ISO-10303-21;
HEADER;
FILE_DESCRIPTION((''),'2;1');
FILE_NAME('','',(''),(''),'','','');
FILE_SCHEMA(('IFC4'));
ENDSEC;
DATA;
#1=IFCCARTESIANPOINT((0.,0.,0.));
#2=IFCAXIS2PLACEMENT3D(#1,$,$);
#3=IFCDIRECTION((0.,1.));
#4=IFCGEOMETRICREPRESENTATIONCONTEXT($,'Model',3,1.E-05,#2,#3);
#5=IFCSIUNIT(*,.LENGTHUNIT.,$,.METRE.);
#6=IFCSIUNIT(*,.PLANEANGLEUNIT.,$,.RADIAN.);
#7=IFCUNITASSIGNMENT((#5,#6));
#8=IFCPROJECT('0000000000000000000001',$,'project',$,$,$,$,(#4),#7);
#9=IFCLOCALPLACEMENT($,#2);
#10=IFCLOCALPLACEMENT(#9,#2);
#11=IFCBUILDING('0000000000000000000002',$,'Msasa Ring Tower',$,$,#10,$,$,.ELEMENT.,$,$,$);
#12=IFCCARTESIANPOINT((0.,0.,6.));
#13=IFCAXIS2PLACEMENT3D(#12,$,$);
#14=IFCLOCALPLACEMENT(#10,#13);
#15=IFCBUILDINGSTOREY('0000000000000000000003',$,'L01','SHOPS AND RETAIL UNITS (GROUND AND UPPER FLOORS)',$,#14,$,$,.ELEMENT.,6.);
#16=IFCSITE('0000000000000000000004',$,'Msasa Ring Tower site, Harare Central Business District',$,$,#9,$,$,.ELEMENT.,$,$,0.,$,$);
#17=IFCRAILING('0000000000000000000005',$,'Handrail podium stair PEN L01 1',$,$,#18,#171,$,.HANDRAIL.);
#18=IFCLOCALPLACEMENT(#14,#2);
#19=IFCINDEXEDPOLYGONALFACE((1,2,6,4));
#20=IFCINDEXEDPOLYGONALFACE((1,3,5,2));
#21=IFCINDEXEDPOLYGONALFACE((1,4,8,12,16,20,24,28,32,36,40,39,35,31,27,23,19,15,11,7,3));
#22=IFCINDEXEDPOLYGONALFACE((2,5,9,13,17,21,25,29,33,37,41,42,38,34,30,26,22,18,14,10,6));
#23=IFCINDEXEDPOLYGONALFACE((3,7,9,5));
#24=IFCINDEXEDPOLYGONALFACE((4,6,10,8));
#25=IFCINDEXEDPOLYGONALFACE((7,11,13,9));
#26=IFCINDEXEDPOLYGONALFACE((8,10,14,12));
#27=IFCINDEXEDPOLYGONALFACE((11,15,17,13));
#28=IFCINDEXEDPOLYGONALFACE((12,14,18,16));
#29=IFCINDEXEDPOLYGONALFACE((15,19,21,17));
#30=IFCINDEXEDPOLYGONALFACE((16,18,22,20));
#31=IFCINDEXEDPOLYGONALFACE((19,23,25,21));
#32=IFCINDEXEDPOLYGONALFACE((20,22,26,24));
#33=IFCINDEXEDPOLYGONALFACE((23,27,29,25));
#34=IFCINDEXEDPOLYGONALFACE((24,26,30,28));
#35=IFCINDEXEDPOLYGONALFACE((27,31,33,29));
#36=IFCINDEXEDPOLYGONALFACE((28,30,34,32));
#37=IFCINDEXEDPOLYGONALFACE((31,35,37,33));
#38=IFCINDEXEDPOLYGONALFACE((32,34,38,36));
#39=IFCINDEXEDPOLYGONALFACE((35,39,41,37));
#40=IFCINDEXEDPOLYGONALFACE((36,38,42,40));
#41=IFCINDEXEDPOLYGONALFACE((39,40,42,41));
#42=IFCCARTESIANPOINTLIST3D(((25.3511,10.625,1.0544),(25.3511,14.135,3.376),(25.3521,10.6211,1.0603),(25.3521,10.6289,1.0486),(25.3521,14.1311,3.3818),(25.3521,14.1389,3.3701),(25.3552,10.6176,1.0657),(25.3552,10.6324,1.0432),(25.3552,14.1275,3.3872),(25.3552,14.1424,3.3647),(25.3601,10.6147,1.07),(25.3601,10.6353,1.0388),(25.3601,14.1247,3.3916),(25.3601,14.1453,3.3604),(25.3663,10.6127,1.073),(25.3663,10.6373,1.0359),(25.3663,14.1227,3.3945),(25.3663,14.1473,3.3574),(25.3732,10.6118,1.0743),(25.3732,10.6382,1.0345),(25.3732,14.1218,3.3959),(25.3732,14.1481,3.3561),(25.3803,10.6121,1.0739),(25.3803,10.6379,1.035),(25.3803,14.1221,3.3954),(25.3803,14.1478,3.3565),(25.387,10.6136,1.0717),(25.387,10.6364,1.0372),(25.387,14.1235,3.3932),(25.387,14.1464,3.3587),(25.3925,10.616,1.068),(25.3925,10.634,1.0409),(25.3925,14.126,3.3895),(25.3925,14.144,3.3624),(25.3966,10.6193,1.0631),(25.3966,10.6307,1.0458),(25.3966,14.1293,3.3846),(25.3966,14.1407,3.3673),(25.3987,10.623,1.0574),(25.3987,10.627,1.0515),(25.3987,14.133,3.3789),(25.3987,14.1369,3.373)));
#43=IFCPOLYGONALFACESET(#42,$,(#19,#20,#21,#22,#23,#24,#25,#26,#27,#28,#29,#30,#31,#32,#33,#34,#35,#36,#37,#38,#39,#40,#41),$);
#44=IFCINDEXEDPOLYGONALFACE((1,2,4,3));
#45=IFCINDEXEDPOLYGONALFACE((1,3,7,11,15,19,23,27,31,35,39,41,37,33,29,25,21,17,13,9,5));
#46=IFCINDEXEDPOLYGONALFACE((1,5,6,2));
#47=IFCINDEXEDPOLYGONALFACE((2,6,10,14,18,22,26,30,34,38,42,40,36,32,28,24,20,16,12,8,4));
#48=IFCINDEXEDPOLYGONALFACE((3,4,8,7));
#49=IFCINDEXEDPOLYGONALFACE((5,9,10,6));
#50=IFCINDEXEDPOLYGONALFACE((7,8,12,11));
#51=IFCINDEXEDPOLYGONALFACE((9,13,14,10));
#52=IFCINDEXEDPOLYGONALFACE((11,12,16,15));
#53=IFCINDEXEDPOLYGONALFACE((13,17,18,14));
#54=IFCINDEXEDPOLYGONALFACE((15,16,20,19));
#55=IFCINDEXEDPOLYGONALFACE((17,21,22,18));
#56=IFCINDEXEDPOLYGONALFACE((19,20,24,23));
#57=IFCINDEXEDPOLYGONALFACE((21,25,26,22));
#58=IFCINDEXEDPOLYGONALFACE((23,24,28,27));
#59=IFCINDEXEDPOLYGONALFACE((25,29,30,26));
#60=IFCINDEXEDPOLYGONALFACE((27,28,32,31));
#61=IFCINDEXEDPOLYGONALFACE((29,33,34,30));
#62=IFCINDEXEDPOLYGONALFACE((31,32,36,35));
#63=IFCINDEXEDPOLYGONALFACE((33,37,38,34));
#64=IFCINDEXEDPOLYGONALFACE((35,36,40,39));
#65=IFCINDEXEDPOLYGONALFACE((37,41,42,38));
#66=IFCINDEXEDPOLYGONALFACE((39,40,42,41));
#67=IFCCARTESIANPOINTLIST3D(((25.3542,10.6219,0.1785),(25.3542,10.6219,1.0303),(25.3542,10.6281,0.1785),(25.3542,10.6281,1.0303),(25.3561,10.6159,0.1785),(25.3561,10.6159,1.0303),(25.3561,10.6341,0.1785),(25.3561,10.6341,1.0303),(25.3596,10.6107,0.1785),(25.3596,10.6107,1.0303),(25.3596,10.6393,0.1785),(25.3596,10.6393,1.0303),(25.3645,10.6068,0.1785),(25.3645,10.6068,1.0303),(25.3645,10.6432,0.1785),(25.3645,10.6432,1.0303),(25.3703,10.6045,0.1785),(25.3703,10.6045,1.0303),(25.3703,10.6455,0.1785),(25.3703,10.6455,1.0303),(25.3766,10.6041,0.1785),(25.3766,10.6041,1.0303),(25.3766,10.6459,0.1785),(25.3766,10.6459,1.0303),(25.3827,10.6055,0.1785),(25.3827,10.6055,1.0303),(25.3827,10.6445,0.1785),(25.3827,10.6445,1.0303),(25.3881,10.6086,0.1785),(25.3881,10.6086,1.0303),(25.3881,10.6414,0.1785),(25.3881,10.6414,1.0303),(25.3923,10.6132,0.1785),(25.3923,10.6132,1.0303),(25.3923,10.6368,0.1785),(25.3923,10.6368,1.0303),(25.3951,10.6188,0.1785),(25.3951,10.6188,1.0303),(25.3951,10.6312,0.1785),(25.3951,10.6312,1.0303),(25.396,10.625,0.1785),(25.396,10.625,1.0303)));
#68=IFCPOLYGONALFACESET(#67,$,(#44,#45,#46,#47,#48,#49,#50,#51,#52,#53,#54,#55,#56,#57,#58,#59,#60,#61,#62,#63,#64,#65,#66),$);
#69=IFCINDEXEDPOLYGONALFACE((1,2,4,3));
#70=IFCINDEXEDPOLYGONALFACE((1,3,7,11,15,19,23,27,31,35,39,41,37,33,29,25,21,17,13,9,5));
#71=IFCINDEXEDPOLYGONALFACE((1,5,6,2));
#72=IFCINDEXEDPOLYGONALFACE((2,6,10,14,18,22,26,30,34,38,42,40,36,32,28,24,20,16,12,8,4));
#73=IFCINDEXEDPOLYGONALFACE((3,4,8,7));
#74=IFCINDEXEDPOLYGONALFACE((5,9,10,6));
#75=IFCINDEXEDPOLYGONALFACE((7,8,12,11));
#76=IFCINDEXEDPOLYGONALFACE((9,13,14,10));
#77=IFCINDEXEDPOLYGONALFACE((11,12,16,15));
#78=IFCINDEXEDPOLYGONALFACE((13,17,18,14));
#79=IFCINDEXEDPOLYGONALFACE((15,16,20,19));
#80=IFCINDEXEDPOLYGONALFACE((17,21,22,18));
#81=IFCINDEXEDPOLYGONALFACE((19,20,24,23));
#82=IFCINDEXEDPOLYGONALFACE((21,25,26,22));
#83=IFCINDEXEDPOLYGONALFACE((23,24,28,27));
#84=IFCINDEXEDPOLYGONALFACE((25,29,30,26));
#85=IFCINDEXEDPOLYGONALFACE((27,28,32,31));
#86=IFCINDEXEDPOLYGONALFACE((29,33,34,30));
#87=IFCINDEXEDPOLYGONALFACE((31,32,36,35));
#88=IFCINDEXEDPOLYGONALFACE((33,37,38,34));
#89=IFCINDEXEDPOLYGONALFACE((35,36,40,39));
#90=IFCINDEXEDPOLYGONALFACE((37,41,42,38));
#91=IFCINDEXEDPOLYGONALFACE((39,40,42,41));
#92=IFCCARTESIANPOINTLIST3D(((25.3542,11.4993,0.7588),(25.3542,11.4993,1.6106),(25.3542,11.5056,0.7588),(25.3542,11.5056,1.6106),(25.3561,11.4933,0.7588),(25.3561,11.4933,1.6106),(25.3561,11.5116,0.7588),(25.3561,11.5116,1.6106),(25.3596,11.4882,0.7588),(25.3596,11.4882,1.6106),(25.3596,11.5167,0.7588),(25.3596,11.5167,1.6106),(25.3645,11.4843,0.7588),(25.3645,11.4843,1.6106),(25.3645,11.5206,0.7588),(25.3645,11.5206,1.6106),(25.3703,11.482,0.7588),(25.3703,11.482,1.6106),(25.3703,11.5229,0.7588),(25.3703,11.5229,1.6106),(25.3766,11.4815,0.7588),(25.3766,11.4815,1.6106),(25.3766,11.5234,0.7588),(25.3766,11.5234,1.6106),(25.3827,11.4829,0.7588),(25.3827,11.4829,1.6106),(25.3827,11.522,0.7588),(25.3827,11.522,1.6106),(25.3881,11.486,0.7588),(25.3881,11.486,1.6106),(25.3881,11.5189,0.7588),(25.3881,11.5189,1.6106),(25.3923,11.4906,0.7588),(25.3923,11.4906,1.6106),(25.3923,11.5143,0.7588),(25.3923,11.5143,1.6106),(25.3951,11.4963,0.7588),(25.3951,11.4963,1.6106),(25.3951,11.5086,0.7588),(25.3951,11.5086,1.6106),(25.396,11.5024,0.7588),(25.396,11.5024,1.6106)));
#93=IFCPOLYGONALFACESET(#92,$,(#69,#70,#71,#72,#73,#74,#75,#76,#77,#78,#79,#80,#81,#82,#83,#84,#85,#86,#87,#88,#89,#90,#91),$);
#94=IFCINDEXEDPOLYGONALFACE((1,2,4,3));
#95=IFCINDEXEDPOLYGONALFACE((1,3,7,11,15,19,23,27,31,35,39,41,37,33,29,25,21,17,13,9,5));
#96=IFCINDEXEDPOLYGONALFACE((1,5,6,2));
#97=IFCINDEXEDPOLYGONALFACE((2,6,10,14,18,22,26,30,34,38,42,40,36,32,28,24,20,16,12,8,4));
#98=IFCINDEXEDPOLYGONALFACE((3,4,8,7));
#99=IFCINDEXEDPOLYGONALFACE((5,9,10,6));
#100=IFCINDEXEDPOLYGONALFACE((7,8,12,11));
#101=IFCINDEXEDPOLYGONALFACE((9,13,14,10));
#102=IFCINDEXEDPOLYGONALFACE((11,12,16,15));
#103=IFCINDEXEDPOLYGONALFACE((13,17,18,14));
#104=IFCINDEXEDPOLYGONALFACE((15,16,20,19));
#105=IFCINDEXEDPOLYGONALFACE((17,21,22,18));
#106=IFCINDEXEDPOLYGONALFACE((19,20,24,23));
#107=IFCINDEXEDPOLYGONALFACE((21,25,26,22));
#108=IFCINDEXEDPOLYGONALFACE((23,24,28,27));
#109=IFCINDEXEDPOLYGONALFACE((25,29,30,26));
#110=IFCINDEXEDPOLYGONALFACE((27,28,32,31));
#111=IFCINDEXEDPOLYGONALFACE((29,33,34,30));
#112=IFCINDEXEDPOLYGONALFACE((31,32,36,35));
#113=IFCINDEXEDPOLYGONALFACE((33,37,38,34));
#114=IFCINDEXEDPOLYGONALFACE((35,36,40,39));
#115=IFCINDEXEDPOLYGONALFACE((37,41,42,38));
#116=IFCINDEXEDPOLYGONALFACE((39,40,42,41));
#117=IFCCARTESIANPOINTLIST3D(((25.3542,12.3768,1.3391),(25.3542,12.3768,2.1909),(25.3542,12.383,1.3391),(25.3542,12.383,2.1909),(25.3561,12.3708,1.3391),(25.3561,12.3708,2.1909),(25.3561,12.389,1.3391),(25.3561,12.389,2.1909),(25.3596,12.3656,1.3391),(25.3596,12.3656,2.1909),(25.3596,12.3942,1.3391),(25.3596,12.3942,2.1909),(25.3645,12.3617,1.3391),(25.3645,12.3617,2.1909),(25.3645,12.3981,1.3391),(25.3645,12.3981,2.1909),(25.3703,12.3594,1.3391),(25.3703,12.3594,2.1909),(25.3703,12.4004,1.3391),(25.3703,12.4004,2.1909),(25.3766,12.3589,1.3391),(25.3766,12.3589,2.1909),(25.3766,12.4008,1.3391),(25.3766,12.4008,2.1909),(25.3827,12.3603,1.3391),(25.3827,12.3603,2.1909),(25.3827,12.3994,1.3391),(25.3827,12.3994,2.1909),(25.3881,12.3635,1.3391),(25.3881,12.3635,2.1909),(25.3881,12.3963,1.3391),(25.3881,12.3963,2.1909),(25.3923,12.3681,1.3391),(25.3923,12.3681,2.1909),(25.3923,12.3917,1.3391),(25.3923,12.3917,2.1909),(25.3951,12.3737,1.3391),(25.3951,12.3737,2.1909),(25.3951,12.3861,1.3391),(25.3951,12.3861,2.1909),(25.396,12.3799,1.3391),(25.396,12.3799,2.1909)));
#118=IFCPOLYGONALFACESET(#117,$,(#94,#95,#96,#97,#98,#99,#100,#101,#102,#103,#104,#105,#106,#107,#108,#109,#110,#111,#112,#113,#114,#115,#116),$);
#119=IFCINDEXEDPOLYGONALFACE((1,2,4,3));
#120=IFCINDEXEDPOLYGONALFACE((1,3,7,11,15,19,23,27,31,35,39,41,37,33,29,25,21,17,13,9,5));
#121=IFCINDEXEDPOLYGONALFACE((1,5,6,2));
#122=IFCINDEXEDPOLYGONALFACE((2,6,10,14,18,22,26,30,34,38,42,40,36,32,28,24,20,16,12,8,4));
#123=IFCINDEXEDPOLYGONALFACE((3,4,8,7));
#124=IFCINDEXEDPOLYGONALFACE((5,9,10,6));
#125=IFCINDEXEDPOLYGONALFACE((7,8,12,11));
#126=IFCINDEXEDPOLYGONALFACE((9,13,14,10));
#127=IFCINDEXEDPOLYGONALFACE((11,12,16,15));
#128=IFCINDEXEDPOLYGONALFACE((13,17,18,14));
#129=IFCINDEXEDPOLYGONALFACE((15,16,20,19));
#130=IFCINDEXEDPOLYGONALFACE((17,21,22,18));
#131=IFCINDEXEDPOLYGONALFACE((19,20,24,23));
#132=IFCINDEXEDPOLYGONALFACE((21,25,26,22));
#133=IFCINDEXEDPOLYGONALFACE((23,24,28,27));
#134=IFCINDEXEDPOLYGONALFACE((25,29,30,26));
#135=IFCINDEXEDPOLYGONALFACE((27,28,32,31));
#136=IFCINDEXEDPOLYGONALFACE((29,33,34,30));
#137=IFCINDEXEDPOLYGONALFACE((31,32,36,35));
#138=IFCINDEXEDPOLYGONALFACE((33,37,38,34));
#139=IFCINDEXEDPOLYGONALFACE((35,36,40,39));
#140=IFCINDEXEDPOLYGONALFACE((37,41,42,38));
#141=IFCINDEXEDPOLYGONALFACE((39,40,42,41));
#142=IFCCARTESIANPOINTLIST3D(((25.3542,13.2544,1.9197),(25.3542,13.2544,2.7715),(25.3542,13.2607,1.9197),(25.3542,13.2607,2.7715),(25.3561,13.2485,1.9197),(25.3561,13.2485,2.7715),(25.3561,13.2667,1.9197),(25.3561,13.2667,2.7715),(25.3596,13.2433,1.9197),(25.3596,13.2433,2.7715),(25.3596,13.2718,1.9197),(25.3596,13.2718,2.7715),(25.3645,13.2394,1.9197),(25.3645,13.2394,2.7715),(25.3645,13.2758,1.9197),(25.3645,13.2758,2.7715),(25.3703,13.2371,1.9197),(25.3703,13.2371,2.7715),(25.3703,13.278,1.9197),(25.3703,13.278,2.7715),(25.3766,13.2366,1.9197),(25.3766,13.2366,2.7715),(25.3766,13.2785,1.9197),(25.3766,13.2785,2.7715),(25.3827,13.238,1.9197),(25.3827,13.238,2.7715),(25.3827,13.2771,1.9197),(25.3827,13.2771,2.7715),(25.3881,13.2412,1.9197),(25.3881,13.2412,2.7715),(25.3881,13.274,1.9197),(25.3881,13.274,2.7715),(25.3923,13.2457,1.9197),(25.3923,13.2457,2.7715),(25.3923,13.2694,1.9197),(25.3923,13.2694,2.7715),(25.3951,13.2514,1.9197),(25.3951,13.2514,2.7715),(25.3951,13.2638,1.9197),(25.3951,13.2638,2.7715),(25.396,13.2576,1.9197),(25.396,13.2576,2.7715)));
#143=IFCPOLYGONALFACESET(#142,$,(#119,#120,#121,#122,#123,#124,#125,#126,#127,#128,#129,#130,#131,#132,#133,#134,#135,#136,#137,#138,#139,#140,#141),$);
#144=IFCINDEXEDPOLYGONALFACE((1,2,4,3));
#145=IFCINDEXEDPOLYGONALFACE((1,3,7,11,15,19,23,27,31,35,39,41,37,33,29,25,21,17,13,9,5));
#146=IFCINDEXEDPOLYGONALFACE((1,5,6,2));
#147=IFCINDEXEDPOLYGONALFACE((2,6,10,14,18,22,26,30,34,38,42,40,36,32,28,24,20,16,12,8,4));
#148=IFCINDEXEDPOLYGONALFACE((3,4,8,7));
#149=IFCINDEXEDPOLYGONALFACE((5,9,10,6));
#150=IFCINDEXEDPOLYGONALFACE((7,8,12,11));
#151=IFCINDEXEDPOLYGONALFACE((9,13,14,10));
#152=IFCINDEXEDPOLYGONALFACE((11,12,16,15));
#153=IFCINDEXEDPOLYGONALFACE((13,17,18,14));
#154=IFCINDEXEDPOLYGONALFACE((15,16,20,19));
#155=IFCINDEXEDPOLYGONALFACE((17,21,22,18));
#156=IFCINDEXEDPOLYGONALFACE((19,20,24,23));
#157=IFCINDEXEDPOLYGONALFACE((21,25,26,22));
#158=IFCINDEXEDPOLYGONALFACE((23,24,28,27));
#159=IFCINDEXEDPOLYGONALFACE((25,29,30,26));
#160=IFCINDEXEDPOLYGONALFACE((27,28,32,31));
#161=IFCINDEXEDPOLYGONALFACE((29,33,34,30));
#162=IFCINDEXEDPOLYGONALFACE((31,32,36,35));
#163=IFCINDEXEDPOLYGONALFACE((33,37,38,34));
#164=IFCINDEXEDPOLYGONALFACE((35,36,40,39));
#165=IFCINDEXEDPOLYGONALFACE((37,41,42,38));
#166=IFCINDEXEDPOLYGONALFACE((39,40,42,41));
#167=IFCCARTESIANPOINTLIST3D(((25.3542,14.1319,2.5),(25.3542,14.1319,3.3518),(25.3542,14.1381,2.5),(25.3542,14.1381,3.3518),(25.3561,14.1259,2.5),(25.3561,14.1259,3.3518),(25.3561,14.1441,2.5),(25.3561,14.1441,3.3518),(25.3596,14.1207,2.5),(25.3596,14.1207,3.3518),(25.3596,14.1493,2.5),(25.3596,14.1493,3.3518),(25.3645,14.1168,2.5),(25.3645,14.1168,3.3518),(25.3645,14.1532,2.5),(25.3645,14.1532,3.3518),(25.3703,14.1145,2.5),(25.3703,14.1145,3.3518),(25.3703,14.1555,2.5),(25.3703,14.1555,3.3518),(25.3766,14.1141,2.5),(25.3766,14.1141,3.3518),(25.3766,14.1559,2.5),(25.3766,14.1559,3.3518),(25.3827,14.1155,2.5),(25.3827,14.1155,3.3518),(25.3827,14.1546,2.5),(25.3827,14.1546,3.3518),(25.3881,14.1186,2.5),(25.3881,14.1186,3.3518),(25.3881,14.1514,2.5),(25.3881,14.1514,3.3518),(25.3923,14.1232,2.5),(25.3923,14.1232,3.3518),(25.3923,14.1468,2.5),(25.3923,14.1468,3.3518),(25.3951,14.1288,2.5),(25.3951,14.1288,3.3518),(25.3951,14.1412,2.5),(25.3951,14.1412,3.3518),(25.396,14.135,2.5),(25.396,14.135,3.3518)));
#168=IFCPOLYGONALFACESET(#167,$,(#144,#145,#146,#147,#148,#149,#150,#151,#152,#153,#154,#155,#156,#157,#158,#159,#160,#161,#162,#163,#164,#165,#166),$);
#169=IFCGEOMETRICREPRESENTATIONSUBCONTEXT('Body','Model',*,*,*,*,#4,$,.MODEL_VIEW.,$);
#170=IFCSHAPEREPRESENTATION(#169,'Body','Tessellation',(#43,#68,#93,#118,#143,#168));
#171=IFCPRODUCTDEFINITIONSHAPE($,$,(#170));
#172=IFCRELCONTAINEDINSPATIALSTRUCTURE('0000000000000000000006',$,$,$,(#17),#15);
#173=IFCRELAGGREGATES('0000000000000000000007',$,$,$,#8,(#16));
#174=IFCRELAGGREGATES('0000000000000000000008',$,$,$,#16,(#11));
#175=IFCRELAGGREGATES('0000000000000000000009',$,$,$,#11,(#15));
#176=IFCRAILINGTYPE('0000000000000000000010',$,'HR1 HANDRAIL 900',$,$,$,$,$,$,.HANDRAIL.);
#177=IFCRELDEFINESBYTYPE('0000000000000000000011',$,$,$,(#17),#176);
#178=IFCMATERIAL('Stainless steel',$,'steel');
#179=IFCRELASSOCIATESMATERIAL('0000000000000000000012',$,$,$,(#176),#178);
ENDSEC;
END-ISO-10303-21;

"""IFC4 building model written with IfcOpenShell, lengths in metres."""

from ifc_helpers import new_model, si_unit, direction, frame, origin, origin_2d, place, context, subcontext, project, spatial, circle, extrude, material, type_object, element, save


model = new_model("IFC4")

# Units and contexts
model_context = context("Model", 3, precision=1e-05, world=origin(), true_north=direction((0.0, 1.0)))
body_context = subcontext(model_context, "Body", "Model", "MODEL_VIEW")
ifc_project = project(units=[si_unit("LENGTHUNIT", "METRE"), si_unit("PLANEANGLEUNIT", "RADIAN")], contexts=[model_context])

# Site, building, storey
site_placement = place(None, origin())
site = spatial("IfcSite", under=ifc_project, at=site_placement, Name="Msasa Ring Tower site, Harare Central Business District", CompositionType="ELEMENT", RefElevation=0.0)
building_placement = place(site_placement, origin())
building = spatial("IfcBuilding", under=site, at=building_placement, Name="Msasa Ring Tower", CompositionType="ELEMENT")
storey_placement = place(building_placement, frame((0.0, 0.0, 6.0)))
storey = spatial("IfcBuildingStorey", under=building, at=storey_placement, Name="L01", Description="SHOPS AND RETAIL UNITS (GROUND AND UPPER FLOORS)", CompositionType="ELEMENT", Elevation=6.0)

# Railing
ifc_material_1 = material(Name="Stainless steel", Category="steel")
railing_type = type_object("IfcRailingType", Name="HR1 HANDRAIL 900", PredefinedType="HANDRAIL", material=ifc_material_1)
for number, where, name in (
    (1, (25.375, 10.625, 0.1785), "Handrail podium stair PEN L01 1"),
):
    element("IfcRailing", number, at=place(storey_placement, frame(where)), inside=storey, type_object=railing_type, Name=name, PredefinedType="HANDRAIL", context=body_context, shape_type="SweptSolid", body=[
        extrude(circle(Radius=0.0239, at=origin_2d()), frame((0.0, 0.0, 0.876), z_axis=(0.0, 0.834071, 0.551657), x_axis=(-1.0, 0.0, 0.0)), (0.0, 0.0, 1.0), 4.2083),
        extrude(circle(Radius=0.021, at=origin_2d()), origin(), (0.0, 0.0, 1.0), 0.8518),
        extrude(circle(Radius=0.021, at=origin_2d()), frame((0.0, 0.8774, 0.5803)), (0.0, 0.0, 1.0), 0.8518),
        extrude(circle(Radius=0.021, at=origin_2d()), frame((0.0, 1.7549, 1.1606)), (0.0, 0.0, 1.0), 0.8518),
        extrude(circle(Radius=0.021, at=origin_2d()), frame((0.0, 2.6326, 1.7412)), (0.0, 0.0, 1.0), 0.8518),
        extrude(circle(Radius=0.021, at=origin_2d()), frame((0.0, 3.51, 2.3215)), (0.0, 0.0, 1.0), 0.8518),
    ])

save(model, "model.ifc")
